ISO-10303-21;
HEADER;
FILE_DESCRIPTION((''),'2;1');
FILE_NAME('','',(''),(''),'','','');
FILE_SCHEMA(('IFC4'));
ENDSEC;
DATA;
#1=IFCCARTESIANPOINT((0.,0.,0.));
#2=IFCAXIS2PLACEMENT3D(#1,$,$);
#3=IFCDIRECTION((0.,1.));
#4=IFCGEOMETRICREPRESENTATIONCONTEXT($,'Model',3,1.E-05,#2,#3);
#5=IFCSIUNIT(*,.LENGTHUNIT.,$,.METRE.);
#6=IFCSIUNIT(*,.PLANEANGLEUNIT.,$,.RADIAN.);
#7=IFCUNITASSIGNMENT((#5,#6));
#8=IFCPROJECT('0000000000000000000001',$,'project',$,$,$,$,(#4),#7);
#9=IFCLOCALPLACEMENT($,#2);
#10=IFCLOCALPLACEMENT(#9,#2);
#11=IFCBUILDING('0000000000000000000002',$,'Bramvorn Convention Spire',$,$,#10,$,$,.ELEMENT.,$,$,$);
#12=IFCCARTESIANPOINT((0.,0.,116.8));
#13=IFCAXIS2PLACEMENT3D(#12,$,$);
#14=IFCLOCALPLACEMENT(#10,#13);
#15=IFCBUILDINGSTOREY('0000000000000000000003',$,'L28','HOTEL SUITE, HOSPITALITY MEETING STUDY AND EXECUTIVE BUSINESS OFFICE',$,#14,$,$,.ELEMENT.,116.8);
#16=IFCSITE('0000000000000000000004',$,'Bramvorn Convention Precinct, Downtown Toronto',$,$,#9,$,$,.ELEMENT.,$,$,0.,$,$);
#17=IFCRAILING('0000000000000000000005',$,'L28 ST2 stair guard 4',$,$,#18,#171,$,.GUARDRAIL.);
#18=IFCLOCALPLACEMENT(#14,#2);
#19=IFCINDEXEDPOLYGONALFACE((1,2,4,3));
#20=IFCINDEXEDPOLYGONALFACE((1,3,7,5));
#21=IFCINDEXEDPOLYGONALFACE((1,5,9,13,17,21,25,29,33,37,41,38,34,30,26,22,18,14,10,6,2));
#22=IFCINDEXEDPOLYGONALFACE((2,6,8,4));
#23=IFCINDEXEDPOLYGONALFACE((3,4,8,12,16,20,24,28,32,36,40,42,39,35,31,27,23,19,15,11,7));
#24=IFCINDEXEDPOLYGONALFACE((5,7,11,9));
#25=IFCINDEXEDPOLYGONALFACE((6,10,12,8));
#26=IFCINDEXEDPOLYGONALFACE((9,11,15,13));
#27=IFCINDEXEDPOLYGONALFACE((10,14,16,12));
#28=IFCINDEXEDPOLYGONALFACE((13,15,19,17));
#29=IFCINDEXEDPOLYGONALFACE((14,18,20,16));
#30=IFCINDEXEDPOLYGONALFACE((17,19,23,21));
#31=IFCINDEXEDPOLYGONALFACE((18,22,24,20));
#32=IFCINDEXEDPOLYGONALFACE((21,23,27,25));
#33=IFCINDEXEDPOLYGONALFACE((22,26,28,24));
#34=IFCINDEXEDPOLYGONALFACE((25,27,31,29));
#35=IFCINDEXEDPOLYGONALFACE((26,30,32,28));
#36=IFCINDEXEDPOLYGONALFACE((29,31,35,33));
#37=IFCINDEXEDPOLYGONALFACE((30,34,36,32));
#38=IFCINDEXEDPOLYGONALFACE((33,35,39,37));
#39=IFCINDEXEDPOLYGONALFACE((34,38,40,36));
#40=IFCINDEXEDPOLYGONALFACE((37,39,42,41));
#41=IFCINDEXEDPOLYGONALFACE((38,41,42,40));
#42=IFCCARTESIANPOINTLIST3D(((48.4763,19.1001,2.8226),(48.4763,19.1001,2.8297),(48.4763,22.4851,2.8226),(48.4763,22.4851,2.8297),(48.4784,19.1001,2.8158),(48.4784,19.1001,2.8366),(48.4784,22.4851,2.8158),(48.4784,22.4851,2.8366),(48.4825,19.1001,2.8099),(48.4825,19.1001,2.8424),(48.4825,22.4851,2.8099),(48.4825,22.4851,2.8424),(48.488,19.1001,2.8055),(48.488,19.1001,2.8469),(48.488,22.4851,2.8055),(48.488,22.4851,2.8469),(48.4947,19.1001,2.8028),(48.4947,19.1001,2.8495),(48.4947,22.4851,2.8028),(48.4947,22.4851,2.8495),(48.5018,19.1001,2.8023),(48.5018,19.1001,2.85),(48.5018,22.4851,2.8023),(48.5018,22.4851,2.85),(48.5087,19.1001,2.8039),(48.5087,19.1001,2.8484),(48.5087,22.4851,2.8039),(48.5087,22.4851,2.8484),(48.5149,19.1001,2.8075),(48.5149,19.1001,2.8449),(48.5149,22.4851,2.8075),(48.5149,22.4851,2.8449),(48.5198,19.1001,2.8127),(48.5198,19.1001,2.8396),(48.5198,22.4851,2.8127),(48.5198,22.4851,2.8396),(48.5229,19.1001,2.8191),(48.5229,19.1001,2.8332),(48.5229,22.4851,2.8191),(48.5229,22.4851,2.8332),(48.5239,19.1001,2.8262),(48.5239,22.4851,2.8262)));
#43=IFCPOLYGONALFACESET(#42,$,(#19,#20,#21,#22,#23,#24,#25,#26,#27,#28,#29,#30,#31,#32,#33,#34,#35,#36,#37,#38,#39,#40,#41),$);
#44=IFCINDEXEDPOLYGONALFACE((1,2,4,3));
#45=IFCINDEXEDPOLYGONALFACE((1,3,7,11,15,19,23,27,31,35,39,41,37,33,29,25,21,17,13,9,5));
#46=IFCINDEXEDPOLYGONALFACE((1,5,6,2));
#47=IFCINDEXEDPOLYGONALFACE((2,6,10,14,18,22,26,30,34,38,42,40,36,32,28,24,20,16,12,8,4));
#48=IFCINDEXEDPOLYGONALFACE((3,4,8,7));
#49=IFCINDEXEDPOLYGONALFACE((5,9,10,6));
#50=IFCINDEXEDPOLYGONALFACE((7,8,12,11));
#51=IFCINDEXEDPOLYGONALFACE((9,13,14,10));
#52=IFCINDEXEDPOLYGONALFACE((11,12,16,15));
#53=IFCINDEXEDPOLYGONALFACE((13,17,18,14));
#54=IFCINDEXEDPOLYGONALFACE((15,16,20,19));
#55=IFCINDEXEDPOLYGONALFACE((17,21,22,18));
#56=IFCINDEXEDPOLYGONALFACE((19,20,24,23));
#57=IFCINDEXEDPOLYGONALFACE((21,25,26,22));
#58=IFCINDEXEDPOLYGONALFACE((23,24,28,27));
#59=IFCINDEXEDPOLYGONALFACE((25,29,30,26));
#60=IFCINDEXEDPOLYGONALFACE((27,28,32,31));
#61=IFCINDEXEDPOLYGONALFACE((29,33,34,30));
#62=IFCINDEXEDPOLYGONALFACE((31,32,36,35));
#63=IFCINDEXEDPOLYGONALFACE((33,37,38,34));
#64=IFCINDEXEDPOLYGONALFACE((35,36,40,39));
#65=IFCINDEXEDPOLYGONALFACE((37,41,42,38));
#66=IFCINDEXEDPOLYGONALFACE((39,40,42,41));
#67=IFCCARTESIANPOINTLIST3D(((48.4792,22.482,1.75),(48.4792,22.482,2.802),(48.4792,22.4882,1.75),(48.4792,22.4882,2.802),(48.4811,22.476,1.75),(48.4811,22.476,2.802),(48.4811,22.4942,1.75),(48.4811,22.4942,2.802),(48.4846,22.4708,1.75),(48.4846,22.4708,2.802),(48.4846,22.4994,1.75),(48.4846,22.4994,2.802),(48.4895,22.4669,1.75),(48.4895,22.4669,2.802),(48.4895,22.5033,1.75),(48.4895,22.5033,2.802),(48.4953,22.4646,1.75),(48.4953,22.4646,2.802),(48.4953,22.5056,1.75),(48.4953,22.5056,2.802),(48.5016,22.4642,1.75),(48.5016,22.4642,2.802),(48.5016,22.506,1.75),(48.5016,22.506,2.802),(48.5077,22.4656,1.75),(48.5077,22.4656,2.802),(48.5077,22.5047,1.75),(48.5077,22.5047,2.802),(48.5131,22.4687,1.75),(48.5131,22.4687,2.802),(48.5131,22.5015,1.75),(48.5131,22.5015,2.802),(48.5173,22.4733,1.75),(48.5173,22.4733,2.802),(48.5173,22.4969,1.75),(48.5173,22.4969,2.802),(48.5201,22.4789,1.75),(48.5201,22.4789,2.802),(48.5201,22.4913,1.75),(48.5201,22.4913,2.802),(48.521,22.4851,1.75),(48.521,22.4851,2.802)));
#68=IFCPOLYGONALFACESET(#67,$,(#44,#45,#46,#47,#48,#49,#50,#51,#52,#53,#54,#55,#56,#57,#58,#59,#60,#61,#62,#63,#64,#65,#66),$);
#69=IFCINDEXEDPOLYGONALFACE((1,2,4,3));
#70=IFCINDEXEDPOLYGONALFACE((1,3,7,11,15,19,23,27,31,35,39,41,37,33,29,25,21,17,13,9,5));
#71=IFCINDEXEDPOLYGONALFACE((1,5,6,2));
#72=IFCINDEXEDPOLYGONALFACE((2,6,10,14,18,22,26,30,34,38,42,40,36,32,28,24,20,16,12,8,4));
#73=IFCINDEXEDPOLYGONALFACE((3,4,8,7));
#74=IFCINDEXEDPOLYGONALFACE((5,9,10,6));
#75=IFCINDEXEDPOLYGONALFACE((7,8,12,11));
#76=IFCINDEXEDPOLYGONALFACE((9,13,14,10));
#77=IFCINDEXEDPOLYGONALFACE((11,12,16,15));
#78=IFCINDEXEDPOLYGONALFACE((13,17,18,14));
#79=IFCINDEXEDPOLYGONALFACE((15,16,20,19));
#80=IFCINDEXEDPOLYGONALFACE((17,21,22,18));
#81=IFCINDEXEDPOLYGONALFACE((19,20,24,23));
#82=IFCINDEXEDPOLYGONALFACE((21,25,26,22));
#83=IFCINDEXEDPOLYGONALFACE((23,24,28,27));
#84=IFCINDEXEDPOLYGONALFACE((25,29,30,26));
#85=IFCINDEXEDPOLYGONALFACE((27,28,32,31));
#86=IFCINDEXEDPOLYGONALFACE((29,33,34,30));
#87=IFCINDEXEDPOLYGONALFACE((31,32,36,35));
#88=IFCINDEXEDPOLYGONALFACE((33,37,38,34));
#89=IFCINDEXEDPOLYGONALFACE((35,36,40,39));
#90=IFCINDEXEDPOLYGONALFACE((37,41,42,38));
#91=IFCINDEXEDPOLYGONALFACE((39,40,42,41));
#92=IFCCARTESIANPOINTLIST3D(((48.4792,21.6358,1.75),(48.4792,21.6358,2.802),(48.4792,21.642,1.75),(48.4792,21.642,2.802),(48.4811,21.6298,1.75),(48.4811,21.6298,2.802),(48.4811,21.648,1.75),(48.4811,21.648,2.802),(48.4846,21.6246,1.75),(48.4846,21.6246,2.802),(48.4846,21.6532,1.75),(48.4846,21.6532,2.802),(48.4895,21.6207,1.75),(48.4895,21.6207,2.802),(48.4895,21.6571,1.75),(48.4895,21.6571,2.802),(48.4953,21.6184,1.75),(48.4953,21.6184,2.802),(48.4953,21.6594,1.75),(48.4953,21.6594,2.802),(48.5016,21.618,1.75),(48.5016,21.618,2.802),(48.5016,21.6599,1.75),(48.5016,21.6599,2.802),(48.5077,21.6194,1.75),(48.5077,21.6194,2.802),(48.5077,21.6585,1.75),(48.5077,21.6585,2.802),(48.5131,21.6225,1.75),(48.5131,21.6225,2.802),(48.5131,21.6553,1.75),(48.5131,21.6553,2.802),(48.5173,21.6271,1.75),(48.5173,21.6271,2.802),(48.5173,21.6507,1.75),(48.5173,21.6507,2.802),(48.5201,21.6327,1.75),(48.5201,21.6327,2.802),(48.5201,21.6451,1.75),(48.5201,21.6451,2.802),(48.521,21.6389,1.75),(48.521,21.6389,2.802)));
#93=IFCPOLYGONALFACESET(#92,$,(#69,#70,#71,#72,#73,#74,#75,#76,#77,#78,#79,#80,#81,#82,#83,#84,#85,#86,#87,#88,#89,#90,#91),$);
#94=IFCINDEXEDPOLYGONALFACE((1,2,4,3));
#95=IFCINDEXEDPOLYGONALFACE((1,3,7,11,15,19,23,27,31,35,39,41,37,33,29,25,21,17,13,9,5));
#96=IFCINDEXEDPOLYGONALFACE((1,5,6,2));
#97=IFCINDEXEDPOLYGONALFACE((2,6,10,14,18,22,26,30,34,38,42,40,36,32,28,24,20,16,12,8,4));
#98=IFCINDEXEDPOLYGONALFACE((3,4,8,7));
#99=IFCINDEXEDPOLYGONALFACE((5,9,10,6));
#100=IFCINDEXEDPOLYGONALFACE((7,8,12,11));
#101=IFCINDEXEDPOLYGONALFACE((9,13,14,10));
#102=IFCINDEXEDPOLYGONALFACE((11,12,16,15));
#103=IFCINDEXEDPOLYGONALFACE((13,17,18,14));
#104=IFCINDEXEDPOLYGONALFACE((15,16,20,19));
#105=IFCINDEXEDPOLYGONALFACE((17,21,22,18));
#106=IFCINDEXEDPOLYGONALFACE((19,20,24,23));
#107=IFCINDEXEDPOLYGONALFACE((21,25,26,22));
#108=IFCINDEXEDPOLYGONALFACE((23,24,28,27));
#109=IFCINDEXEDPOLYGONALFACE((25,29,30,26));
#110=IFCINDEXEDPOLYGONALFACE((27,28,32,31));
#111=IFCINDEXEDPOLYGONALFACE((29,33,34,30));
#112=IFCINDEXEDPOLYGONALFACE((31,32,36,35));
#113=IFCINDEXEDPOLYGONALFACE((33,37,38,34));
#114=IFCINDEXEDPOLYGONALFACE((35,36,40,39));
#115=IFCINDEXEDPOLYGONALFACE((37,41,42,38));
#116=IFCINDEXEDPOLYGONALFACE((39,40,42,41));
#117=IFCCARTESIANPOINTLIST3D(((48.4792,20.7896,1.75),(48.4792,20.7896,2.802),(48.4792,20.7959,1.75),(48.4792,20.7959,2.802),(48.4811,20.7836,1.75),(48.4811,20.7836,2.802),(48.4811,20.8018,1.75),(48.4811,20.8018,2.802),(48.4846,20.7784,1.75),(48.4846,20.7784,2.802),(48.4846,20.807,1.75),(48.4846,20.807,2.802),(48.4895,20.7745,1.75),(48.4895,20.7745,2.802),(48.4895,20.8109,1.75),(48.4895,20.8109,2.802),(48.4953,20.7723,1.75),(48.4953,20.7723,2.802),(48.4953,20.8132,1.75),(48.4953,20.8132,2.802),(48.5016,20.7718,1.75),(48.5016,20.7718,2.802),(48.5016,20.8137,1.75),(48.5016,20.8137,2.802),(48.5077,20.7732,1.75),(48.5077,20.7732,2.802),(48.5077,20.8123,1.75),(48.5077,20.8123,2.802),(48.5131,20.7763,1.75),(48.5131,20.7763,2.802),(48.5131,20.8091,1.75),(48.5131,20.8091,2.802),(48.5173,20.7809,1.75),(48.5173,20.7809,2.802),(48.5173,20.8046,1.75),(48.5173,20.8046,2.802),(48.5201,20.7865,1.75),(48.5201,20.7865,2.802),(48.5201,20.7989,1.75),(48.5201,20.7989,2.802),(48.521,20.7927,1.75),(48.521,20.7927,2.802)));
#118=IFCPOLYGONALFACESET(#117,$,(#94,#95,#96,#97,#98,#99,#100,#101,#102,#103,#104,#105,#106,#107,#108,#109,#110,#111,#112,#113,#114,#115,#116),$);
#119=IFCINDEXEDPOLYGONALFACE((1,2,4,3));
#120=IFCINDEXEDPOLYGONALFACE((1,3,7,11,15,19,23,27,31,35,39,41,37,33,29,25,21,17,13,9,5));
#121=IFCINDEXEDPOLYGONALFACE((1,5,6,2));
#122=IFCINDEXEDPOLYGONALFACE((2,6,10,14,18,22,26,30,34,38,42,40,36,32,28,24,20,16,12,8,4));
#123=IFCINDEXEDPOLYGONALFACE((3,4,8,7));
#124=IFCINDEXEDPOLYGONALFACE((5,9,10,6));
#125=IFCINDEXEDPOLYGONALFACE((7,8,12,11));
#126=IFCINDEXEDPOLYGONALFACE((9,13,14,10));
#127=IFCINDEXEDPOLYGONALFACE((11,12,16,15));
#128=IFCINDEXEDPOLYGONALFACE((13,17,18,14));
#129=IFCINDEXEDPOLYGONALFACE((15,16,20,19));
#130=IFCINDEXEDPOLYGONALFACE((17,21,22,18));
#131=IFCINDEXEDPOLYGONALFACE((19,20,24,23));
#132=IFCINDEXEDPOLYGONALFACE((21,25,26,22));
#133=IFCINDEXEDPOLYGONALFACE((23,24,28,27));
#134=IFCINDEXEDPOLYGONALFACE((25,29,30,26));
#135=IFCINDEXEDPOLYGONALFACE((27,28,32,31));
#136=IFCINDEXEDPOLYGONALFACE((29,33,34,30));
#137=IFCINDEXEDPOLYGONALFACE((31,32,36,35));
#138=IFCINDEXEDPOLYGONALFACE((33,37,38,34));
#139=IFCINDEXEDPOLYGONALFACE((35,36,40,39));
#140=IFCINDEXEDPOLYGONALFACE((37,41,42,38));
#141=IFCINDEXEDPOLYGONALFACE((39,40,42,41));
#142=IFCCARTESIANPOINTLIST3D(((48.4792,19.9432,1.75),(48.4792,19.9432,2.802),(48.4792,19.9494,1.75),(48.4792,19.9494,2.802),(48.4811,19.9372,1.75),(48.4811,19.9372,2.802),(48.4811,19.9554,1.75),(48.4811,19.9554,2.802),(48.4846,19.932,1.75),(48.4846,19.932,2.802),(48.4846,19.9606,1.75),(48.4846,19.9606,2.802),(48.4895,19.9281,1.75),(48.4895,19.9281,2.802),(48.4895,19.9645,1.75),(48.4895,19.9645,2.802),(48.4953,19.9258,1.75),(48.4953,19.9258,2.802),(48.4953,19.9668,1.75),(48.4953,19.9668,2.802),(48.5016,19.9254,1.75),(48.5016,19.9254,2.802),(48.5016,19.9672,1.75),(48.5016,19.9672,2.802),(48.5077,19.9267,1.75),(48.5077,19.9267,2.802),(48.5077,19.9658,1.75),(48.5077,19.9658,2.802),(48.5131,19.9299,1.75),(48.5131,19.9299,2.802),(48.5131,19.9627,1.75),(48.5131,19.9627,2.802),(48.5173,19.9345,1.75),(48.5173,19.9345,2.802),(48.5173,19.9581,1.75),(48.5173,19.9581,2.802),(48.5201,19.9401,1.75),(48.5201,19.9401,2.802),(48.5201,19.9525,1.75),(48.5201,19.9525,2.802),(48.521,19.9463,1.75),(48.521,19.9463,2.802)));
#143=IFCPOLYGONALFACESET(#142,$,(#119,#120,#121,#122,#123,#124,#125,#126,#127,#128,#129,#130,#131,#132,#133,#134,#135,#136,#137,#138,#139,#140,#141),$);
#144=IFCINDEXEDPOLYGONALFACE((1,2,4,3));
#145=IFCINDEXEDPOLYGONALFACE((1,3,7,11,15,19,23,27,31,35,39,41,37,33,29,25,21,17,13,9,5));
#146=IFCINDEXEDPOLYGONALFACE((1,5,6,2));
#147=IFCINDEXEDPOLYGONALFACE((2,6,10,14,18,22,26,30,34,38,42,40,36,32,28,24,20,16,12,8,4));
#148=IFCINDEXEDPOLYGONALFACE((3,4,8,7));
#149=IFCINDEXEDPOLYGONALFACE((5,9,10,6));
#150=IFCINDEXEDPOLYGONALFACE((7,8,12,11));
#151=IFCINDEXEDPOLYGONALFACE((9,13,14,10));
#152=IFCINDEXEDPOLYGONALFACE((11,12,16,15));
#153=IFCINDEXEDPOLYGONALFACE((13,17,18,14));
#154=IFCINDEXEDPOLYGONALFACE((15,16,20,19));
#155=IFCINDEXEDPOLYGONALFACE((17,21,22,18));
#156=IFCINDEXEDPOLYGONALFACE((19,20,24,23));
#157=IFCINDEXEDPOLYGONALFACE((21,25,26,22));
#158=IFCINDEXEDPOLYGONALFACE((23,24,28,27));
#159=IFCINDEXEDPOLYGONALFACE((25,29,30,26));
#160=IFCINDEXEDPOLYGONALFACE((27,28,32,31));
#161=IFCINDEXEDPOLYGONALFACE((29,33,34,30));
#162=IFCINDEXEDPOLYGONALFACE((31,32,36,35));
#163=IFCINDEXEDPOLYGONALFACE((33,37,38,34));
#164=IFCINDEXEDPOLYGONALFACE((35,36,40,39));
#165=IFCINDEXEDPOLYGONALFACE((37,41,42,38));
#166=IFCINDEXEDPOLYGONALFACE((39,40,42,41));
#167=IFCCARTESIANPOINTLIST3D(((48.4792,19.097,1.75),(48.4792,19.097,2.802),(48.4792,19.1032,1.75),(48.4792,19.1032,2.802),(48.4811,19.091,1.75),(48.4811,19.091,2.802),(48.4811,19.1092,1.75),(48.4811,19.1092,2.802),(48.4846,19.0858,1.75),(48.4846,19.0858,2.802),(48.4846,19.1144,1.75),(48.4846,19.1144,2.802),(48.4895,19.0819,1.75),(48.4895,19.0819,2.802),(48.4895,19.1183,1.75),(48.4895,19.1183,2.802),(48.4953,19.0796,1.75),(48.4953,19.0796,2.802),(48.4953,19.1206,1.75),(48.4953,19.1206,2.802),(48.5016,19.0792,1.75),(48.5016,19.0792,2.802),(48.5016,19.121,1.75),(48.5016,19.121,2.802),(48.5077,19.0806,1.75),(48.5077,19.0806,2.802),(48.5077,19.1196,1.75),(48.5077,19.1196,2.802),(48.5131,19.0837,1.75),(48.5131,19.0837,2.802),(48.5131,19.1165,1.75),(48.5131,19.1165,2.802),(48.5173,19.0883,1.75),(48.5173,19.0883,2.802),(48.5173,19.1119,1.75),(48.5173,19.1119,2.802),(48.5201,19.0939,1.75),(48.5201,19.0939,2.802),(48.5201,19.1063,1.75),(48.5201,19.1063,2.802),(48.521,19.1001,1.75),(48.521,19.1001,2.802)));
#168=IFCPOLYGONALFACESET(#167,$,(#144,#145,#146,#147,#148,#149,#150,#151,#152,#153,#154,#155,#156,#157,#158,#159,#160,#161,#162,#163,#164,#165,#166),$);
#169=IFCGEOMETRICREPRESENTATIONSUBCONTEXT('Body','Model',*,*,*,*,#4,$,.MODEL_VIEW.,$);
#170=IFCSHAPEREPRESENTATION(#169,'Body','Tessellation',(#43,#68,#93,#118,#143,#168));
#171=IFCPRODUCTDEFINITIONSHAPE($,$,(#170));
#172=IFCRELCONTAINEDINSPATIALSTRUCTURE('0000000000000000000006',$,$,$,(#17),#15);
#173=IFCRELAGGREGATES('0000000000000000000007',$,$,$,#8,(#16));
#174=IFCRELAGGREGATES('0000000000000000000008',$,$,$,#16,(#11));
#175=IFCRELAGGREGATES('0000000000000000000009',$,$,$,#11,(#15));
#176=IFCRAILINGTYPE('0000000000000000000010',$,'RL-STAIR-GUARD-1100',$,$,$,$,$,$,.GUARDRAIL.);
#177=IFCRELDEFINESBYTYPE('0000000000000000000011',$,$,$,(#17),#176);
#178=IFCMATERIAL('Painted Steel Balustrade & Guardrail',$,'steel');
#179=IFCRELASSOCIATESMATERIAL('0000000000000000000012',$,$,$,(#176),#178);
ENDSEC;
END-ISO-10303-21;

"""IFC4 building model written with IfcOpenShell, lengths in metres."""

from ifc_helpers import new_model, si_unit, direction, frame, origin, origin_2d, place, context, subcontext, project, spatial, circle, extrude, material, type_object, element, save


model = new_model("IFC4")

# Units and contexts
model_context = context("Model", 3, precision=1e-05, world=origin(), true_north=direction((0.0, 1.0)))
body_context = subcontext(model_context, "Body", "Model", "MODEL_VIEW")
ifc_project = project(units=[si_unit("LENGTHUNIT", "METRE"), si_unit("PLANEANGLEUNIT", "RADIAN")], contexts=[model_context])

# Site, building, storey
site_placement = place(None, origin())
site = spatial("IfcSite", under=ifc_project, at=site_placement, Name="Bramvorn Convention Precinct, Downtown Toronto", CompositionType="ELEMENT", RefElevation=0.0)
building_placement = place(site_placement, origin())
building = spatial("IfcBuilding", under=site, at=building_placement, Name="Bramvorn Convention Spire", CompositionType="ELEMENT")
storey_placement = place(building_placement, frame((0.0, 0.0, 116.8)))
storey = spatial("IfcBuildingStorey", under=building, at=storey_placement, Name="L28", Description="HOTEL SUITE, HOSPITALITY MEETING STUDY AND EXECUTIVE BUSINESS OFFICE", CompositionType="ELEMENT", Elevation=116.8)

# Railing
ifc_material_1 = material(Name="Painted Steel Balustrade & Guardrail", Category="steel")
railing_type_1 = type_object("IfcRailingType", Name="RL-STAIR-GUARD-1100", PredefinedType="GUARDRAIL", material=ifc_material_1)
railing_1_placement = place(storey_placement, frame((48.5, 22.4851, 1.75)))
element("IfcRailing", 1, at=railing_1_placement, inside=storey, type_object=railing_type_1, Name="L28 ST2 stair guard 4", PredefinedType="GUARDRAIL", context=body_context, shape_type="SweptSolid", body=[
    extrude(circle(Radius=0.0239, at=origin_2d()), frame((0.0, 0.0, 1.0762), z_axis=(0.0, -1.0, 0.0), x_axis=(1.0, 0.0, 0.0)), (0.0, 0.0, 1.0), 3.385),
    extrude(circle(Radius=0.021, at=origin_2d()), origin(), (0.0, 0.0, 1.0), 1.052),
    extrude(circle(Radius=0.021, at=origin_2d()), frame((0.0, -0.8462, 0.0)), (0.0, 0.0, 1.0), 1.052),
    extrude(circle(Radius=0.021, at=origin_2d()), frame((0.0, -1.6924, 0.0)), (0.0, 0.0, 1.0), 1.052),
    extrude(circle(Radius=0.021, at=origin_2d()), frame((0.0, -2.5388, 0.0)), (0.0, 0.0, 1.0), 1.052),
    extrude(circle(Radius=0.021, at=origin_2d()), frame((0.0, -3.385, 0.0)), (0.0, 0.0, 1.0), 1.052),
])

save(model, "model.ifc")
